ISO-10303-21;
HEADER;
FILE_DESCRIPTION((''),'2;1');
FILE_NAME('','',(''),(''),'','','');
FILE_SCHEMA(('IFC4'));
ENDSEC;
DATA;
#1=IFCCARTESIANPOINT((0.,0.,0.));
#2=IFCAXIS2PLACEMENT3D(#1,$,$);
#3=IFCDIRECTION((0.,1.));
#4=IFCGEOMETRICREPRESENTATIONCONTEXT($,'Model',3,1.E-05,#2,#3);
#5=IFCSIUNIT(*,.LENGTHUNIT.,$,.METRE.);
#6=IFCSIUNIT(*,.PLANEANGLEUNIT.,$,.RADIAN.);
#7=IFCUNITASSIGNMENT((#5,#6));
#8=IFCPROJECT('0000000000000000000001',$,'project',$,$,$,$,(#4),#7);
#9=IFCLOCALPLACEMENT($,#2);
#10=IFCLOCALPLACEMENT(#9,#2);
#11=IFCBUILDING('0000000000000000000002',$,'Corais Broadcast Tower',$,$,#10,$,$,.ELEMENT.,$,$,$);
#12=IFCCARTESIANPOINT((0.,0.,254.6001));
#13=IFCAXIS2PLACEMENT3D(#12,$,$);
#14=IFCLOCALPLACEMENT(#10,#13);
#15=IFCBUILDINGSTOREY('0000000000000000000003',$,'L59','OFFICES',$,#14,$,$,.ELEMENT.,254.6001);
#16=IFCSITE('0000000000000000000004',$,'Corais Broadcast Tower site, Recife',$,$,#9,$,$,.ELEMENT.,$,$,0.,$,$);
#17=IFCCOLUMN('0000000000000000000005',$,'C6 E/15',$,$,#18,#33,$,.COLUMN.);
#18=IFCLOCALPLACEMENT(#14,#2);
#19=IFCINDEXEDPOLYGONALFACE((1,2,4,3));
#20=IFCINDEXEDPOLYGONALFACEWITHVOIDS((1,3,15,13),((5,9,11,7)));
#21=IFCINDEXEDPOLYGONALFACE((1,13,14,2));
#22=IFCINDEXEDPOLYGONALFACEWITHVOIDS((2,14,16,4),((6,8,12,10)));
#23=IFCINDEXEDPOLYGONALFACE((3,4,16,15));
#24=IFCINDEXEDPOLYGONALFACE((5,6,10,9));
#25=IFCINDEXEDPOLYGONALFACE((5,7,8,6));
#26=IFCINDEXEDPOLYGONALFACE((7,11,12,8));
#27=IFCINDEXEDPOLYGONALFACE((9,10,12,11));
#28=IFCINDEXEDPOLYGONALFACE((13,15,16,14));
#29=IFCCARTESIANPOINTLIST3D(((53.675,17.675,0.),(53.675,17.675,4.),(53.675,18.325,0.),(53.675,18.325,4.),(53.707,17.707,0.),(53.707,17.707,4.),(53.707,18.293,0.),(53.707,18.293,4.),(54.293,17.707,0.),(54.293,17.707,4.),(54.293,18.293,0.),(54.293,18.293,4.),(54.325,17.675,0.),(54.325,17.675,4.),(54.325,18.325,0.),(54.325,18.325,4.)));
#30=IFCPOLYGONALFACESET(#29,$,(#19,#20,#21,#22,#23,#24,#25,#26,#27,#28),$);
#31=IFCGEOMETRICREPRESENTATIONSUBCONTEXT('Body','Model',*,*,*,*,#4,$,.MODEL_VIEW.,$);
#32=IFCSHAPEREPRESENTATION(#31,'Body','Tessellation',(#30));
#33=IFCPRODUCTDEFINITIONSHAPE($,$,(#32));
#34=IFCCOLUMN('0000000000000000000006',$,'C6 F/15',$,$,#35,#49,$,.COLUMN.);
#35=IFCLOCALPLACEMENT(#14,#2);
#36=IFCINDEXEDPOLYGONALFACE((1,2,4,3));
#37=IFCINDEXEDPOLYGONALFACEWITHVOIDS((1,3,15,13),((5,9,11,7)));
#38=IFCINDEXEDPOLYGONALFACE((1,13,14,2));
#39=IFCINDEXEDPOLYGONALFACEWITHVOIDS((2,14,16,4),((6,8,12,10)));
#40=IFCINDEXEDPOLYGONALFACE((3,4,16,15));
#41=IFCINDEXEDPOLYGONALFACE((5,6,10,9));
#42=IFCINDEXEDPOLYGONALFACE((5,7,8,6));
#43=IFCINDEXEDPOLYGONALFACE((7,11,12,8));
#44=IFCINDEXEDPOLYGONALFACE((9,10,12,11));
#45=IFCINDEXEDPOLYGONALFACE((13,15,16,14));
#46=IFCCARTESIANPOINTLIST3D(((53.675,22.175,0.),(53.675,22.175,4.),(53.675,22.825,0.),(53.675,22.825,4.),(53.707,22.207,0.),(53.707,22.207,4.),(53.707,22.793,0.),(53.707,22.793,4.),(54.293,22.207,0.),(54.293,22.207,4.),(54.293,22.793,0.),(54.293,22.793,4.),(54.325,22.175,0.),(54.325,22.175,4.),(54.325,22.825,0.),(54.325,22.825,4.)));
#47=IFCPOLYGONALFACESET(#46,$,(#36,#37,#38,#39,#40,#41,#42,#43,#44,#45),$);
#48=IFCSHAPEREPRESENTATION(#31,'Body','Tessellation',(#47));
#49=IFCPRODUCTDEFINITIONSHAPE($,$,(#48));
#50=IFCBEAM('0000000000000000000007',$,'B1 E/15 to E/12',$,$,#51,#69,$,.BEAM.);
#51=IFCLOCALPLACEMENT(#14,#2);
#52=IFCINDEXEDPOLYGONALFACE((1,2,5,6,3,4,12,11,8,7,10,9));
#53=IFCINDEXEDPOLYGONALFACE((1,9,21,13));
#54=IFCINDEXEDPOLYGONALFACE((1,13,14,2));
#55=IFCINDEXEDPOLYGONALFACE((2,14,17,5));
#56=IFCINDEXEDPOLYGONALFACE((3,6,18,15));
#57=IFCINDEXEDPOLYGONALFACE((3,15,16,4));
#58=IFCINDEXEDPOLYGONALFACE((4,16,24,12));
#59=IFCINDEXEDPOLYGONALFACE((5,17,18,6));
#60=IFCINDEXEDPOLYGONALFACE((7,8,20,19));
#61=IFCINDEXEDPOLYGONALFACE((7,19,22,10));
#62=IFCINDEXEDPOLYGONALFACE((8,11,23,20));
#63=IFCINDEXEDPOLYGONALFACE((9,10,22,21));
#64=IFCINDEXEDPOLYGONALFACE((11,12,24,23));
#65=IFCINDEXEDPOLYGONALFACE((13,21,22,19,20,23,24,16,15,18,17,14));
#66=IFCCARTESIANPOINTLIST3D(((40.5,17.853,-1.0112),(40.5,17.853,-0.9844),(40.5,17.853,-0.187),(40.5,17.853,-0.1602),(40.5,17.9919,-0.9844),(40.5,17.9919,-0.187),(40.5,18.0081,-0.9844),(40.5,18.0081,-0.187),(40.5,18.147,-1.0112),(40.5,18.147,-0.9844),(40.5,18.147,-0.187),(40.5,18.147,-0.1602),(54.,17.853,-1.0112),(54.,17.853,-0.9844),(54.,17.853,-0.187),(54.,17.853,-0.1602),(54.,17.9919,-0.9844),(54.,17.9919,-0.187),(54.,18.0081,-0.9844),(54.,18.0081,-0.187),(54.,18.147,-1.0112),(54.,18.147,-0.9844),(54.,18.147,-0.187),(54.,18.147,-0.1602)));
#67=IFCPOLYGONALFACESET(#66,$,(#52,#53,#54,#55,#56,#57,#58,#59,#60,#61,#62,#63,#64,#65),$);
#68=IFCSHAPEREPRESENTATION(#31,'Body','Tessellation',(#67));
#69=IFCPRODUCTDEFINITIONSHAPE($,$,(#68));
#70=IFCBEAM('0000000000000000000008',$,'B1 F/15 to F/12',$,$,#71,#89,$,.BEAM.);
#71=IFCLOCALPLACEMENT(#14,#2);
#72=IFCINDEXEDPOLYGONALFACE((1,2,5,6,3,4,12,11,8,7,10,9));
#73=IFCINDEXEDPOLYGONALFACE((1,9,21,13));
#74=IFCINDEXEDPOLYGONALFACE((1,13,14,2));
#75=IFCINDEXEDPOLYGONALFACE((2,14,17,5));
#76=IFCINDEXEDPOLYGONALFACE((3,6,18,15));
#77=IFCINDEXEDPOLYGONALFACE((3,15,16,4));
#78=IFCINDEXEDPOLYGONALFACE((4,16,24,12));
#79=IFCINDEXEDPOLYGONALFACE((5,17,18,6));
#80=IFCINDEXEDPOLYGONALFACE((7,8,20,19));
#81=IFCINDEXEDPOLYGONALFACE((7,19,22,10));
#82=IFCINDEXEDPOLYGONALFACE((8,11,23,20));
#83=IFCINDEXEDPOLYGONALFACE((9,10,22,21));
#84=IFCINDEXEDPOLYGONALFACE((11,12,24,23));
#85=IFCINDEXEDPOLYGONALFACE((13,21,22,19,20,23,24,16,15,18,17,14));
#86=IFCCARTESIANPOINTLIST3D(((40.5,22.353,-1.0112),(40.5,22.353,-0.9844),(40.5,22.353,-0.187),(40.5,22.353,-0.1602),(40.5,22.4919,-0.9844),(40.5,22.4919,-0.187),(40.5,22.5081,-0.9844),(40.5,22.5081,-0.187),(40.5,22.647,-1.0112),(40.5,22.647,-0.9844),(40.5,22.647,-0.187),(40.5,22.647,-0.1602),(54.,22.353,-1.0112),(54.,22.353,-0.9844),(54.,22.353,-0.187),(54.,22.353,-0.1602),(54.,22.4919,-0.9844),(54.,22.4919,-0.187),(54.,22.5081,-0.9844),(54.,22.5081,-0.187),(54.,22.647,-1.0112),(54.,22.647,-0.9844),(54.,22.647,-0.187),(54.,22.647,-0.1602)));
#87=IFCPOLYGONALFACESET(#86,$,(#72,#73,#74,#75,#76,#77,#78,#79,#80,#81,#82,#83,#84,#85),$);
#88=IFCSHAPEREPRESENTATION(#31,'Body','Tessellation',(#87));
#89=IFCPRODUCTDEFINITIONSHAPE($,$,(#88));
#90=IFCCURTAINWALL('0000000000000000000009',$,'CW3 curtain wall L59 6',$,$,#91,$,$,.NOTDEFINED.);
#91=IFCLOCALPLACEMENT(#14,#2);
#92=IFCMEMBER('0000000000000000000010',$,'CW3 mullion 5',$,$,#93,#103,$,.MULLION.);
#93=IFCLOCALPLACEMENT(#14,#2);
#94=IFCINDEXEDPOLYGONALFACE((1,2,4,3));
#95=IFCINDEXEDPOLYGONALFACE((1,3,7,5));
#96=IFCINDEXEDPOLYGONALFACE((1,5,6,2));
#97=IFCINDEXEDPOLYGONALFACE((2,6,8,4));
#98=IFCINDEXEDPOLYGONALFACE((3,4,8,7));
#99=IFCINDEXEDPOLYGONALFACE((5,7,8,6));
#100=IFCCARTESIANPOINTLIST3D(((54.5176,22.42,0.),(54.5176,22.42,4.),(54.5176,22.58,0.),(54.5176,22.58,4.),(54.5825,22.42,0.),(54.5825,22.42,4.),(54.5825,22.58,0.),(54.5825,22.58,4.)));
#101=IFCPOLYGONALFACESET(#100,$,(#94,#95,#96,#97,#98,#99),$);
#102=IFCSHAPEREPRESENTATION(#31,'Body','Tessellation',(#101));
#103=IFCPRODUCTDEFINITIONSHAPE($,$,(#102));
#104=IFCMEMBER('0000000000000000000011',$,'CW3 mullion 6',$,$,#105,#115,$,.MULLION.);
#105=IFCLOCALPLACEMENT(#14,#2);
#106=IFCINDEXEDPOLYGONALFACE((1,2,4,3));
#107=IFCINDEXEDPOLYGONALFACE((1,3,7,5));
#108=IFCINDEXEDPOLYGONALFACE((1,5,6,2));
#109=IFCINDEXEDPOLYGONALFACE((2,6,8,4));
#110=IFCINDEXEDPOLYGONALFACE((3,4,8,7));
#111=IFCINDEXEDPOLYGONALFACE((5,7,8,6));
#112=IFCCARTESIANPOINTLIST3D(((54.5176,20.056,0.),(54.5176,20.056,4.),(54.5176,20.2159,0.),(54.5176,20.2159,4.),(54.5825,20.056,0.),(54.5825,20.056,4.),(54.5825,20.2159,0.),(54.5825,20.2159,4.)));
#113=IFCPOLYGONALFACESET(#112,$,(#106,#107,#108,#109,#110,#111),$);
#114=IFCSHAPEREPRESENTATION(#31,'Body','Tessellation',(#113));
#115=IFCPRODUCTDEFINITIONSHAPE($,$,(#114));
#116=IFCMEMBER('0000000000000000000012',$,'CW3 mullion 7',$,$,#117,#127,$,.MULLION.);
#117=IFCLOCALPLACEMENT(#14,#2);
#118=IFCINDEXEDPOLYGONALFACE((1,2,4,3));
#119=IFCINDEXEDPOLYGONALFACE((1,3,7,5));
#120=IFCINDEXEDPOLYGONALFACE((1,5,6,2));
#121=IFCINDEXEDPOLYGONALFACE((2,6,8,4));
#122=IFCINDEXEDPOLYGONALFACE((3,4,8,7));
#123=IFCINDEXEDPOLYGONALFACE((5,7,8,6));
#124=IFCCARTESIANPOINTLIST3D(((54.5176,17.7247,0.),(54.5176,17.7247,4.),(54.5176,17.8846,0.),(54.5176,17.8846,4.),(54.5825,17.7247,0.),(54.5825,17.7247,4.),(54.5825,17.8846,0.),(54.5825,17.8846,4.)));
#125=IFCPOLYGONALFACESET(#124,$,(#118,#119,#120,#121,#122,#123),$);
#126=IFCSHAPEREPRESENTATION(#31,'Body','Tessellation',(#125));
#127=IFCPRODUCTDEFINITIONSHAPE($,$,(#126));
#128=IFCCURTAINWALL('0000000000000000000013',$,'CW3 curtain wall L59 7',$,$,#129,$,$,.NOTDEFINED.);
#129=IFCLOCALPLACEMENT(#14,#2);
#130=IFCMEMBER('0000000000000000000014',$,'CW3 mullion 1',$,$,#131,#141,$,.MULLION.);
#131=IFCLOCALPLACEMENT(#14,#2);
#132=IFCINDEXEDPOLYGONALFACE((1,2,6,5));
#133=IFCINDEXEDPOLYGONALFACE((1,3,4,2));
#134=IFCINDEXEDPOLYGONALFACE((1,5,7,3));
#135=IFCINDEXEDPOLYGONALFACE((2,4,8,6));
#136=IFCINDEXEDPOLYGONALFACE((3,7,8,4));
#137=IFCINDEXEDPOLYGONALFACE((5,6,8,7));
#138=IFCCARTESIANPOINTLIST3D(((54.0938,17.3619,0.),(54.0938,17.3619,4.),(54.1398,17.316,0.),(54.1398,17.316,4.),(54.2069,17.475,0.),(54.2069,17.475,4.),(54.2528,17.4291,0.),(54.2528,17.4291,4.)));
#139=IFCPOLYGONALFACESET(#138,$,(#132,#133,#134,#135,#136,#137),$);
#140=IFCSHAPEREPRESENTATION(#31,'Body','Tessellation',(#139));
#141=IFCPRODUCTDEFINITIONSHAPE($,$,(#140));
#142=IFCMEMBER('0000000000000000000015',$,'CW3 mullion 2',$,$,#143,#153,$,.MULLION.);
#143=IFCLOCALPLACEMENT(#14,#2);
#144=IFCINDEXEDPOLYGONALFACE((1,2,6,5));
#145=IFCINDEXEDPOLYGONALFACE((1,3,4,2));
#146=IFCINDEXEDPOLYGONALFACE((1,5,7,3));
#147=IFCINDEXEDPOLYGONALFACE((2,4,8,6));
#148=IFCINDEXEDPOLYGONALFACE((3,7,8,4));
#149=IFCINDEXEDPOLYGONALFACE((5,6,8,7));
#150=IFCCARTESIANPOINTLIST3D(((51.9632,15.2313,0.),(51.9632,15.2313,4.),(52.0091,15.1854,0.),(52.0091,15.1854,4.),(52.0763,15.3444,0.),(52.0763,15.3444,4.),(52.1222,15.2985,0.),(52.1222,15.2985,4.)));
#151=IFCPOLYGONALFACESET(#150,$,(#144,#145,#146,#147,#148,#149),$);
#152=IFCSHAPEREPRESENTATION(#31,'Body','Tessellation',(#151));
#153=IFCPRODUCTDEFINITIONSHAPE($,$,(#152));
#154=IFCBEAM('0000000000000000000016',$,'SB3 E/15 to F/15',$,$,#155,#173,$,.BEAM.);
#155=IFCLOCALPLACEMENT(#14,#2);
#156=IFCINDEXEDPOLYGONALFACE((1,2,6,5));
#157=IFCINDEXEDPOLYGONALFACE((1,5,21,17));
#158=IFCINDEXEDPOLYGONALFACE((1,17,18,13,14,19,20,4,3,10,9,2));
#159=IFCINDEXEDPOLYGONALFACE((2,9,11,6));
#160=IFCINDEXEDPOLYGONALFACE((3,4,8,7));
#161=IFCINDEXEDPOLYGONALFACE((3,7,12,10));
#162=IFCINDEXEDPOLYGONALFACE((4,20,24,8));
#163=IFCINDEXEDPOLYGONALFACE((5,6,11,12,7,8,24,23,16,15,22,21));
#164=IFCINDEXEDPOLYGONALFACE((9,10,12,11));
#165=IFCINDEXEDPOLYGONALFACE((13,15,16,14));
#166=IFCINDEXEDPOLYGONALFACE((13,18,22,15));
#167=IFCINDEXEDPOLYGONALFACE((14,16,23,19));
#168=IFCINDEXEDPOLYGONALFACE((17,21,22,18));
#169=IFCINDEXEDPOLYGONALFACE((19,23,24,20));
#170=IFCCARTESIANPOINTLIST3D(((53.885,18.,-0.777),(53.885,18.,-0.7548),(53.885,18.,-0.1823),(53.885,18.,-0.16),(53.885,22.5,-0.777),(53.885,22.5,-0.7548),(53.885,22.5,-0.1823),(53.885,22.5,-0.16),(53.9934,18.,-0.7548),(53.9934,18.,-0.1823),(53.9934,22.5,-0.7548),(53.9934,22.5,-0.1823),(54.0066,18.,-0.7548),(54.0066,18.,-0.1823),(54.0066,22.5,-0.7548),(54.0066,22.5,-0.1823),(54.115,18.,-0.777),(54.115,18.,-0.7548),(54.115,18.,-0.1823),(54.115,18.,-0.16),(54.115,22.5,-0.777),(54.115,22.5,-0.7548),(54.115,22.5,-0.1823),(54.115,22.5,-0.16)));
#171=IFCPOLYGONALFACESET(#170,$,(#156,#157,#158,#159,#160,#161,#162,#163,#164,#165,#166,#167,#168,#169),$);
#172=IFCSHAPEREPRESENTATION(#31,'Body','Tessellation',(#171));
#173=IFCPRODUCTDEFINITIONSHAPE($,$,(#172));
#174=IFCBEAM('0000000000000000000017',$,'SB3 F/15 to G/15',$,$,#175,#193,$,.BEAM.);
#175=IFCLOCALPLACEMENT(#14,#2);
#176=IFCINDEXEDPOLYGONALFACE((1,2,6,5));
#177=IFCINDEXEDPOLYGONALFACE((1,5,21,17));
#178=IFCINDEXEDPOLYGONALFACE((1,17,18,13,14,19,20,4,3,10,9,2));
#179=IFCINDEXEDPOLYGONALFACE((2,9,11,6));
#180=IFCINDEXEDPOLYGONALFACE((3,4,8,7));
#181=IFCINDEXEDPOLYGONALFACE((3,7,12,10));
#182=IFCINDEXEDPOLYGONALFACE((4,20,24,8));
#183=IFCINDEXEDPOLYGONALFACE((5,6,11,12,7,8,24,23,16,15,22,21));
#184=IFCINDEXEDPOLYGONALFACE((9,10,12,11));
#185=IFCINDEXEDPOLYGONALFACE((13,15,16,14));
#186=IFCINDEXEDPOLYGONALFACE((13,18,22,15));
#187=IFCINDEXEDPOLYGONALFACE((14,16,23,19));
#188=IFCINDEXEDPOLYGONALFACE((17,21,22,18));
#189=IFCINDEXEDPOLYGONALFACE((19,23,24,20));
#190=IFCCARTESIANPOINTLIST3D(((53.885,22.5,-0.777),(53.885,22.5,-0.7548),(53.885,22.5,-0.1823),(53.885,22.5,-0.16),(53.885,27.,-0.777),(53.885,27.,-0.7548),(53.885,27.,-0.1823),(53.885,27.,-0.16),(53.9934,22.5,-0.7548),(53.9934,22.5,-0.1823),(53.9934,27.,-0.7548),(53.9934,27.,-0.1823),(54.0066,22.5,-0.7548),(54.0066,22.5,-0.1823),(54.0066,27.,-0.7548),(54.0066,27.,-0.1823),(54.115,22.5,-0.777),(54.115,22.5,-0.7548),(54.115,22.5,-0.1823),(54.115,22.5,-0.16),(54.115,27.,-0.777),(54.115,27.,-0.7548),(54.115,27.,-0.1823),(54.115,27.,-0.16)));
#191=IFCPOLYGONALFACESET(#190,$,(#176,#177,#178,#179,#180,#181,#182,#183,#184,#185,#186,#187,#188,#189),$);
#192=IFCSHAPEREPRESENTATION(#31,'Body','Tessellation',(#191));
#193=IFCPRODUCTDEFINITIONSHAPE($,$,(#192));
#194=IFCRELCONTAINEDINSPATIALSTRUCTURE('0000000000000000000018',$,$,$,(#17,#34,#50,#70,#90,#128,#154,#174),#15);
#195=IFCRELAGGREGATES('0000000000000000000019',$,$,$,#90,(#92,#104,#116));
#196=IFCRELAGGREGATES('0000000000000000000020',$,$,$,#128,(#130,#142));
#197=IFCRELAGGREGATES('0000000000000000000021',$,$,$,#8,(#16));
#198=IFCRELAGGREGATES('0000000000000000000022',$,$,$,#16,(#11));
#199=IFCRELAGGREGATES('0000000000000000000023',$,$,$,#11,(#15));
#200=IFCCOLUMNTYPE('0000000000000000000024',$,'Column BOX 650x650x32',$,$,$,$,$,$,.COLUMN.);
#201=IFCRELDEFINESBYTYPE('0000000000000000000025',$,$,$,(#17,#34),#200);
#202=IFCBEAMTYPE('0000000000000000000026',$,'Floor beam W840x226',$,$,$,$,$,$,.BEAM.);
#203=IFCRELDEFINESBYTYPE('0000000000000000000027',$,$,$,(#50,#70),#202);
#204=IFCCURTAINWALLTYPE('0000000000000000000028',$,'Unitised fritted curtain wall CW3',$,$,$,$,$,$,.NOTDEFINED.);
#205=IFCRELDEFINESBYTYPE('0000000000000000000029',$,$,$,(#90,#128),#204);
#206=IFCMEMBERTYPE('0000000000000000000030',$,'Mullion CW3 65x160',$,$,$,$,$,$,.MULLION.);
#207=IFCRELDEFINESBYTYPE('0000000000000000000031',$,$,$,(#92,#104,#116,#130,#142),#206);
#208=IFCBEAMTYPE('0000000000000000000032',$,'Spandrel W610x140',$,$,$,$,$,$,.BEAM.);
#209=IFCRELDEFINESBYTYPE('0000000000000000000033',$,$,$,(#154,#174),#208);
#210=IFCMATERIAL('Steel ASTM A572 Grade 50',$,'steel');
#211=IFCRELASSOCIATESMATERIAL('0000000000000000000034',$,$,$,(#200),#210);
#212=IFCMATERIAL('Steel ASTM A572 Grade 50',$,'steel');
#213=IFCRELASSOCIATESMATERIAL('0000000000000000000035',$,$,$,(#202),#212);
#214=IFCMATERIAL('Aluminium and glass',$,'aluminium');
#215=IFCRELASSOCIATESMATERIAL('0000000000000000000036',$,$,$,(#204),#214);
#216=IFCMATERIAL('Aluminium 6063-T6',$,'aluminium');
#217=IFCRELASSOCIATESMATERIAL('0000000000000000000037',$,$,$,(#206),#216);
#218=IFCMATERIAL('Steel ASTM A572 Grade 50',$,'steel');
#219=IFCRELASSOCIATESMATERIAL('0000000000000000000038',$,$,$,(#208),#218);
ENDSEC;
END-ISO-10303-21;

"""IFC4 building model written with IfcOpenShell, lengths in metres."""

from ifc_helpers import new_model, si_unit, direction, frame, origin, origin_2d, place, context, subcontext, project, spatial, rectangle, hollow_rectangle, i_section, extrude, material, material_profile, profile_set, type_object, element, aggregate, save


model = new_model("IFC4")

# Units and contexts
model_context = context("Model", 3, precision=1e-05, world=origin(), true_north=direction((0.0, 1.0)))
body_context = subcontext(model_context, "Body", "Model", "MODEL_VIEW")
ifc_project = project(units=[si_unit("LENGTHUNIT", "METRE"), si_unit("PLANEANGLEUNIT", "RADIAN")], contexts=[model_context])

# Site, building, storey
site_placement = place(None, origin())
site = spatial("IfcSite", under=ifc_project, at=site_placement, Name="Corais Broadcast Tower site, Recife", CompositionType="ELEMENT", RefElevation=0.0)
building_placement = place(site_placement, origin())
building = spatial("IfcBuilding", under=site, at=building_placement, Name="Corais Broadcast Tower", CompositionType="ELEMENT")
storey_placement = place(building_placement, frame((0.0, 0.0, 254.6001)))
storey = spatial("IfcBuildingStorey", under=building, at=storey_placement, Name="L59", Description="OFFICES", CompositionType="ELEMENT", Elevation=254.6001)

# Columns
ifc_material_1 = material(Name="Steel ASTM A572 Grade 50", Category="steel")
ifc_material_profile_1 = material_profile(ifc_material_1, hollow_rectangle(XDim=0.6499, YDim=0.6499, WallThickness=0.032, at=origin_2d()), Name="BOX 650x650x32")
ifc_profile_set_1 = profile_set([ifc_material_profile_1], Name="Steel ASTM A572 Grade 50")
column_type = type_object("IfcColumnType", Name="Column BOX 650x650x32", PredefinedType="COLUMN", material=ifc_profile_set_1)
for number, where, z_axis, x_axis, name in (
    (1, (54.0, 18.0, 0.0), (0.0, 0.0, 1.0), (1.0, 0.0, 0.0), "C6 E/15"),
    (2, (54.0, 22.5, 0.0), (0.0, 0.0, 1.0), (1.0, 0.0, 0.0), "C6 F/15"),
):
    element("IfcColumn", number, at=place(storey_placement, frame(where, z_axis=z_axis, x_axis=x_axis)), inside=storey, type_object=column_type, Name=name, PredefinedType="COLUMN", context=body_context, shape_type="SweptSolid", body=[
        extrude(hollow_rectangle(XDim=0.6499, YDim=0.6499, WallThickness=0.032, at=origin_2d()), origin(), (0.0, 0.0, 1.0), 4.0),
    ])

# Beams
ifc_material_2 = material(Name="Steel ASTM A572 Grade 50", Category="steel")
ifc_material_profile_2 = material_profile(ifc_material_2, i_section(OverallWidth=0.2939, OverallDepth=0.8511, WebThickness=0.0161, FlangeThickness=0.0269, at=origin_2d()), Name="W840x226")
ifc_profile_set_2 = profile_set([ifc_material_profile_2], Name="Steel ASTM A572 Grade 50")
beam_type_1 = type_object("IfcBeamType", Name="Floor beam W840x226", PredefinedType="BEAM", material=ifc_profile_set_2)
for number, where, z_axis, x_axis, name in (
    (3, (54.0, 18.0, -0.5857), (-1.0, 0.0, 0.0), (0.0, -1.0, 0.0), "B1 E/15 to E/12"),
    (4, (54.0, 22.5, -0.5857), (-1.0, 0.0, 0.0), (0.0, -1.0, 0.0), "B1 F/15 to F/12"),
):
    element("IfcBeam", number, at=place(storey_placement, frame(where, z_axis=z_axis, x_axis=x_axis)), inside=storey, type_object=beam_type_1, Name=name, PredefinedType="BEAM", context=body_context, shape_type="SweptSolid", body=[
        extrude(i_section(OverallWidth=0.2939, OverallDepth=0.8511, WebThickness=0.0161, FlangeThickness=0.0269, at=origin_2d()), origin(), (0.0, 0.0, 1.0), 13.5),
    ])

# Curtain walls, members
ifc_material_3 = material(Name="Aluminium and glass", Category="aluminium")
curtain_wall_type = type_object("IfcCurtainWallType", Name="Unitised fritted curtain wall CW3", PredefinedType="NOTDEFINED", material=ifc_material_3)
curtain_wall_1_placement = place(storey_placement, origin())
curtain_wall_1 = element("IfcCurtainWall", 5, at=curtain_wall_1_placement, inside=storey, type_object=curtain_wall_type, Name="CW3 curtain wall L59 6", PredefinedType="NOTDEFINED")
ifc_material_4 = material(Name="Aluminium 6063-T6", Category="aluminium")
ifc_material_profile_3 = material_profile(ifc_material_4, rectangle(XDim=0.0649, YDim=0.1599, at=origin_2d()), Name="Mullion CW3 65x160")
ifc_profile_set_3 = profile_set([ifc_material_profile_3], Name="Aluminium 6063-T6")
member_type_1 = type_object("IfcMemberType", Name="Mullion CW3 65x160", PredefinedType="MULLION", material=ifc_profile_set_3)
member_1_placement = place(storey_placement, frame((54.55, 22.5, 0.0), z_axis=(0.0, 0.0, 1.0), x_axis=(1.0, 0.0, 0.0)))
member_1 = element("IfcMember", 6, at=member_1_placement, type_object=member_type_1, Name="CW3 mullion 5", PredefinedType="MULLION", context=body_context, shape_type="SweptSolid", body=[
    extrude(rectangle(XDim=0.0649, YDim=0.1599, at=origin_2d()), origin(), (0.0, 0.0, 1.0), 4.0),
])
member_2_placement = place(storey_placement, frame((54.55, 20.136, 0.0), z_axis=(0.0, 0.0, 1.0), x_axis=(1.0, 0.0, 0.0)))
member_2 = element("IfcMember", 7, at=member_2_placement, type_object=member_type_1, Name="CW3 mullion 6", PredefinedType="MULLION", context=body_context, shape_type="SweptSolid", body=[
    extrude(rectangle(XDim=0.0649, YDim=0.1599, at=origin_2d()), origin(), (0.0, 0.0, 1.0), 4.0),
])
member_3_placement = place(storey_placement, frame((54.55, 17.8047, 0.0), z_axis=(0.0, 0.0, 1.0), x_axis=(1.0, 0.0, 0.0)))
member_3 = element("IfcMember", 8, at=member_3_placement, type_object=member_type_1, Name="CW3 mullion 7", PredefinedType="MULLION", context=body_context, shape_type="SweptSolid", body=[
    extrude(rectangle(XDim=0.0649, YDim=0.1599, at=origin_2d()), origin(), (0.0, 0.0, 1.0), 4.0),
])
curtain_wall_2_placement = place(storey_placement, origin())
curtain_wall_2 = element("IfcCurtainWall", 9, at=curtain_wall_2_placement, inside=storey, type_object=curtain_wall_type, Name="CW3 curtain wall L59 7", PredefinedType="NOTDEFINED")
member_4_placement = place(storey_placement, frame((54.1733, 17.3955, 0.0), z_axis=(0.0, 0.0, 1.0), x_axis=(0.707107, -0.707107, 0.0)))
member_4 = element("IfcMember", 10, at=member_4_placement, type_object=member_type_1, Name="CW3 mullion 1", PredefinedType="MULLION", context=body_context, shape_type="SweptSolid", body=[
    extrude(rectangle(XDim=0.0649, YDim=0.1599, at=origin_2d()), origin(), (0.0, 0.0, 1.0), 4.0),
])
member_5_placement = place(storey_placement, frame((52.0427, 15.2649, 0.0), z_axis=(0.0, 0.0, 1.0), x_axis=(0.707107, -0.707107, 0.0)))
member_5 = element("IfcMember", 11, at=member_5_placement, type_object=member_type_1, Name="CW3 mullion 2", PredefinedType="MULLION", context=body_context, shape_type="SweptSolid", body=[
    extrude(rectangle(XDim=0.0649, YDim=0.1599, at=origin_2d()), origin(), (0.0, 0.0, 1.0), 4.0),
])

# Beams
ifc_material_5 = material(Name="Steel ASTM A572 Grade 50", Category="steel")
ifc_material_profile_4 = material_profile(ifc_material_5, i_section(OverallWidth=0.23, OverallDepth=0.6169, WebThickness=0.0132, FlangeThickness=0.0222, at=origin_2d()), Name="W610x140")
ifc_profile_set_4 = profile_set([ifc_material_profile_4], Name="Steel ASTM A572 Grade 50")
beam_type_2 = type_object("IfcBeamType", Name="Spandrel W610x140", PredefinedType="BEAM", material=ifc_profile_set_4)
for number, where, z_axis, x_axis, name in (
    (12, (54.0, 18.0, -0.4685), (0.0, 1.0, 0.0), (-1.0, 0.0, 0.0), "SB3 E/15 to F/15"),
    (13, (54.0, 22.5, -0.4685), (0.0, 1.0, 0.0), (-1.0, 0.0, 0.0), "SB3 F/15 to G/15"),
):
    element("IfcBeam", number, at=place(storey_placement, frame(where, z_axis=z_axis, x_axis=x_axis)), inside=storey, type_object=beam_type_2, Name=name, PredefinedType="BEAM", context=body_context, shape_type="SweptSolid", body=[
        extrude(i_section(OverallWidth=0.23, OverallDepth=0.6169, WebThickness=0.0132, FlangeThickness=0.0222, at=origin_2d()), origin(), (0.0, 0.0, 1.0), 4.5),
    ])

aggregate(curtain_wall_1, [member_1, member_2, member_3])
aggregate(curtain_wall_2, [member_4, member_5])

save(model, "model.ifc")
